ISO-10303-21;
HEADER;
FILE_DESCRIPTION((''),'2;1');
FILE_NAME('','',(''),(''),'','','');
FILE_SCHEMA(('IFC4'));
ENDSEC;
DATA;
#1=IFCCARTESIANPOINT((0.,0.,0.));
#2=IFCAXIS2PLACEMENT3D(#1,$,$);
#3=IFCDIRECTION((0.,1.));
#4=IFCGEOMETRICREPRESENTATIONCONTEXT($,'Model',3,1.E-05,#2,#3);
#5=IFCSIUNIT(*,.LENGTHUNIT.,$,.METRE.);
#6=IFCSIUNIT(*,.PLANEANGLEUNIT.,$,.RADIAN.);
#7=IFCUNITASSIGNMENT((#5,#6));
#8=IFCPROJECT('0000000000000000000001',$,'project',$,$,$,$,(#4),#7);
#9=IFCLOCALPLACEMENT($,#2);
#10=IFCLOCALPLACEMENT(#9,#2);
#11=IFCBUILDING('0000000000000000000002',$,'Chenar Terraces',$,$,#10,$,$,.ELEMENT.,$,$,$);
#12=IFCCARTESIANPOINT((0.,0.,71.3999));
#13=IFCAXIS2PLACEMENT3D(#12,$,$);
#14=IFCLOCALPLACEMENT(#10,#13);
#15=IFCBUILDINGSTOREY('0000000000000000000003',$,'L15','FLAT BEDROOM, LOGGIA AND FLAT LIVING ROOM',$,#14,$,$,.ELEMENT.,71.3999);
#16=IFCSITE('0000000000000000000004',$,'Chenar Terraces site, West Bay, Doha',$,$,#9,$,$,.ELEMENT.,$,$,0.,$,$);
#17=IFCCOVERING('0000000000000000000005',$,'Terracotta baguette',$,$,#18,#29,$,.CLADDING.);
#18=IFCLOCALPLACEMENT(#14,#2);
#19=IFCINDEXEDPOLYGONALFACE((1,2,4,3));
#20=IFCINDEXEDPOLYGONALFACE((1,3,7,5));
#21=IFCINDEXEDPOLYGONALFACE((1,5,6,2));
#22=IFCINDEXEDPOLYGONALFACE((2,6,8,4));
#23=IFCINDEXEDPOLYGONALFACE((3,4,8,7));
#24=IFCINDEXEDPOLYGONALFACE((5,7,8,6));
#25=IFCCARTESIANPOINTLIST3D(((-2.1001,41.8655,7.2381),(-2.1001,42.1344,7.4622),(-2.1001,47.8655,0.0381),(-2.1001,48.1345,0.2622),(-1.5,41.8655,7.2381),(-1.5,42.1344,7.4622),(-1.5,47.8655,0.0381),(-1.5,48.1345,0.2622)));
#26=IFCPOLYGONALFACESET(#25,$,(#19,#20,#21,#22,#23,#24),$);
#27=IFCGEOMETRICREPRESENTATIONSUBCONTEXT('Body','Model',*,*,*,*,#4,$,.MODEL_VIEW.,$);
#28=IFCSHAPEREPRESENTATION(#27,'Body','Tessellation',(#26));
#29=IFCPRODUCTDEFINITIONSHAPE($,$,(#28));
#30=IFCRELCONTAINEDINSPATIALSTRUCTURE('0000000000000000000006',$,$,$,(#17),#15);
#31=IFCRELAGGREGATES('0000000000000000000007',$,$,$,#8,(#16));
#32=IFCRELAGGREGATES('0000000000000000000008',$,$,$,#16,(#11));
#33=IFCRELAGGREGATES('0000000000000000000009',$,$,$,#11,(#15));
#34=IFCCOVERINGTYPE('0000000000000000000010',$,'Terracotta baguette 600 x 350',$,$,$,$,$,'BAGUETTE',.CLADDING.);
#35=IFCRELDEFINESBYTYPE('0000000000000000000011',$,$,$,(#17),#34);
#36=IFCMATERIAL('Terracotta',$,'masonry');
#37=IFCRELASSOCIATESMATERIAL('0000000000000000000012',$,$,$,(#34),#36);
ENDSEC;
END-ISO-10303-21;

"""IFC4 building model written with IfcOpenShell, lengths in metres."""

from ifc_helpers import new_model, si_unit, direction, frame, origin, origin_2d, place, context, subcontext, project, spatial, rectangle, extrude, material, material_profile, profile_set, type_object, element, save


model = new_model("IFC4")

# Units and contexts
model_context = context("Model", 3, precision=1e-05, world=origin(), true_north=direction((0.0, 1.0)))
body_context = subcontext(model_context, "Body", "Model", "MODEL_VIEW")
ifc_project = project(units=[si_unit("LENGTHUNIT", "METRE"), si_unit("PLANEANGLEUNIT", "RADIAN")], contexts=[model_context])

# Site, building, storey
site_placement = place(None, origin())
site = spatial("IfcSite", under=ifc_project, at=site_placement, Name="Chenar Terraces site, West Bay, Doha", CompositionType="ELEMENT", RefElevation=0.0)
building_placement = place(site_placement, origin())
building = spatial("IfcBuilding", under=site, at=building_placement, Name="Chenar Terraces", CompositionType="ELEMENT")
storey_placement = place(building_placement, frame((0.0, 0.0, 71.3999)))
storey = spatial("IfcBuildingStorey", under=building, at=storey_placement, Name="L15", Description="FLAT BEDROOM, LOGGIA AND FLAT LIVING ROOM", CompositionType="ELEMENT", Elevation=71.3999)

# Covering
ifc_material_1 = material(Name="Terracotta", Category="masonry")
ifc_material_profile_1 = material_profile(ifc_material_1, rectangle(XDim=0.6001, YDim=0.3501, at=origin_2d()), Name="Terracotta baguette 600 x 350")
ifc_profile_set_1 = profile_set([ifc_material_profile_1], Name="Terracotta")
covering_type = type_object("IfcCoveringType", Name="Terracotta baguette 600 x 350", ElementType="BAGUETTE", PredefinedType="CLADDING", material=ifc_profile_set_1)
covering_placement = place(storey_placement, frame((-1.8, 48.0, 0.1501), z_axis=(0.0, -0.640187, 0.768219), x_axis=(1.0, 0.0, 0.0)))
element("IfcCovering", 1, at=covering_placement, inside=storey, type_object=covering_type, Name="Terracotta baguette", PredefinedType="CLADDING", context=body_context, shape_type="SweptSolid", body=[
    extrude(rectangle(XDim=0.6001, YDim=0.3501, at=origin_2d()), origin(), (0.0, 0.0, 1.0), 9.3723),
])

save(model, "model.ifc")
